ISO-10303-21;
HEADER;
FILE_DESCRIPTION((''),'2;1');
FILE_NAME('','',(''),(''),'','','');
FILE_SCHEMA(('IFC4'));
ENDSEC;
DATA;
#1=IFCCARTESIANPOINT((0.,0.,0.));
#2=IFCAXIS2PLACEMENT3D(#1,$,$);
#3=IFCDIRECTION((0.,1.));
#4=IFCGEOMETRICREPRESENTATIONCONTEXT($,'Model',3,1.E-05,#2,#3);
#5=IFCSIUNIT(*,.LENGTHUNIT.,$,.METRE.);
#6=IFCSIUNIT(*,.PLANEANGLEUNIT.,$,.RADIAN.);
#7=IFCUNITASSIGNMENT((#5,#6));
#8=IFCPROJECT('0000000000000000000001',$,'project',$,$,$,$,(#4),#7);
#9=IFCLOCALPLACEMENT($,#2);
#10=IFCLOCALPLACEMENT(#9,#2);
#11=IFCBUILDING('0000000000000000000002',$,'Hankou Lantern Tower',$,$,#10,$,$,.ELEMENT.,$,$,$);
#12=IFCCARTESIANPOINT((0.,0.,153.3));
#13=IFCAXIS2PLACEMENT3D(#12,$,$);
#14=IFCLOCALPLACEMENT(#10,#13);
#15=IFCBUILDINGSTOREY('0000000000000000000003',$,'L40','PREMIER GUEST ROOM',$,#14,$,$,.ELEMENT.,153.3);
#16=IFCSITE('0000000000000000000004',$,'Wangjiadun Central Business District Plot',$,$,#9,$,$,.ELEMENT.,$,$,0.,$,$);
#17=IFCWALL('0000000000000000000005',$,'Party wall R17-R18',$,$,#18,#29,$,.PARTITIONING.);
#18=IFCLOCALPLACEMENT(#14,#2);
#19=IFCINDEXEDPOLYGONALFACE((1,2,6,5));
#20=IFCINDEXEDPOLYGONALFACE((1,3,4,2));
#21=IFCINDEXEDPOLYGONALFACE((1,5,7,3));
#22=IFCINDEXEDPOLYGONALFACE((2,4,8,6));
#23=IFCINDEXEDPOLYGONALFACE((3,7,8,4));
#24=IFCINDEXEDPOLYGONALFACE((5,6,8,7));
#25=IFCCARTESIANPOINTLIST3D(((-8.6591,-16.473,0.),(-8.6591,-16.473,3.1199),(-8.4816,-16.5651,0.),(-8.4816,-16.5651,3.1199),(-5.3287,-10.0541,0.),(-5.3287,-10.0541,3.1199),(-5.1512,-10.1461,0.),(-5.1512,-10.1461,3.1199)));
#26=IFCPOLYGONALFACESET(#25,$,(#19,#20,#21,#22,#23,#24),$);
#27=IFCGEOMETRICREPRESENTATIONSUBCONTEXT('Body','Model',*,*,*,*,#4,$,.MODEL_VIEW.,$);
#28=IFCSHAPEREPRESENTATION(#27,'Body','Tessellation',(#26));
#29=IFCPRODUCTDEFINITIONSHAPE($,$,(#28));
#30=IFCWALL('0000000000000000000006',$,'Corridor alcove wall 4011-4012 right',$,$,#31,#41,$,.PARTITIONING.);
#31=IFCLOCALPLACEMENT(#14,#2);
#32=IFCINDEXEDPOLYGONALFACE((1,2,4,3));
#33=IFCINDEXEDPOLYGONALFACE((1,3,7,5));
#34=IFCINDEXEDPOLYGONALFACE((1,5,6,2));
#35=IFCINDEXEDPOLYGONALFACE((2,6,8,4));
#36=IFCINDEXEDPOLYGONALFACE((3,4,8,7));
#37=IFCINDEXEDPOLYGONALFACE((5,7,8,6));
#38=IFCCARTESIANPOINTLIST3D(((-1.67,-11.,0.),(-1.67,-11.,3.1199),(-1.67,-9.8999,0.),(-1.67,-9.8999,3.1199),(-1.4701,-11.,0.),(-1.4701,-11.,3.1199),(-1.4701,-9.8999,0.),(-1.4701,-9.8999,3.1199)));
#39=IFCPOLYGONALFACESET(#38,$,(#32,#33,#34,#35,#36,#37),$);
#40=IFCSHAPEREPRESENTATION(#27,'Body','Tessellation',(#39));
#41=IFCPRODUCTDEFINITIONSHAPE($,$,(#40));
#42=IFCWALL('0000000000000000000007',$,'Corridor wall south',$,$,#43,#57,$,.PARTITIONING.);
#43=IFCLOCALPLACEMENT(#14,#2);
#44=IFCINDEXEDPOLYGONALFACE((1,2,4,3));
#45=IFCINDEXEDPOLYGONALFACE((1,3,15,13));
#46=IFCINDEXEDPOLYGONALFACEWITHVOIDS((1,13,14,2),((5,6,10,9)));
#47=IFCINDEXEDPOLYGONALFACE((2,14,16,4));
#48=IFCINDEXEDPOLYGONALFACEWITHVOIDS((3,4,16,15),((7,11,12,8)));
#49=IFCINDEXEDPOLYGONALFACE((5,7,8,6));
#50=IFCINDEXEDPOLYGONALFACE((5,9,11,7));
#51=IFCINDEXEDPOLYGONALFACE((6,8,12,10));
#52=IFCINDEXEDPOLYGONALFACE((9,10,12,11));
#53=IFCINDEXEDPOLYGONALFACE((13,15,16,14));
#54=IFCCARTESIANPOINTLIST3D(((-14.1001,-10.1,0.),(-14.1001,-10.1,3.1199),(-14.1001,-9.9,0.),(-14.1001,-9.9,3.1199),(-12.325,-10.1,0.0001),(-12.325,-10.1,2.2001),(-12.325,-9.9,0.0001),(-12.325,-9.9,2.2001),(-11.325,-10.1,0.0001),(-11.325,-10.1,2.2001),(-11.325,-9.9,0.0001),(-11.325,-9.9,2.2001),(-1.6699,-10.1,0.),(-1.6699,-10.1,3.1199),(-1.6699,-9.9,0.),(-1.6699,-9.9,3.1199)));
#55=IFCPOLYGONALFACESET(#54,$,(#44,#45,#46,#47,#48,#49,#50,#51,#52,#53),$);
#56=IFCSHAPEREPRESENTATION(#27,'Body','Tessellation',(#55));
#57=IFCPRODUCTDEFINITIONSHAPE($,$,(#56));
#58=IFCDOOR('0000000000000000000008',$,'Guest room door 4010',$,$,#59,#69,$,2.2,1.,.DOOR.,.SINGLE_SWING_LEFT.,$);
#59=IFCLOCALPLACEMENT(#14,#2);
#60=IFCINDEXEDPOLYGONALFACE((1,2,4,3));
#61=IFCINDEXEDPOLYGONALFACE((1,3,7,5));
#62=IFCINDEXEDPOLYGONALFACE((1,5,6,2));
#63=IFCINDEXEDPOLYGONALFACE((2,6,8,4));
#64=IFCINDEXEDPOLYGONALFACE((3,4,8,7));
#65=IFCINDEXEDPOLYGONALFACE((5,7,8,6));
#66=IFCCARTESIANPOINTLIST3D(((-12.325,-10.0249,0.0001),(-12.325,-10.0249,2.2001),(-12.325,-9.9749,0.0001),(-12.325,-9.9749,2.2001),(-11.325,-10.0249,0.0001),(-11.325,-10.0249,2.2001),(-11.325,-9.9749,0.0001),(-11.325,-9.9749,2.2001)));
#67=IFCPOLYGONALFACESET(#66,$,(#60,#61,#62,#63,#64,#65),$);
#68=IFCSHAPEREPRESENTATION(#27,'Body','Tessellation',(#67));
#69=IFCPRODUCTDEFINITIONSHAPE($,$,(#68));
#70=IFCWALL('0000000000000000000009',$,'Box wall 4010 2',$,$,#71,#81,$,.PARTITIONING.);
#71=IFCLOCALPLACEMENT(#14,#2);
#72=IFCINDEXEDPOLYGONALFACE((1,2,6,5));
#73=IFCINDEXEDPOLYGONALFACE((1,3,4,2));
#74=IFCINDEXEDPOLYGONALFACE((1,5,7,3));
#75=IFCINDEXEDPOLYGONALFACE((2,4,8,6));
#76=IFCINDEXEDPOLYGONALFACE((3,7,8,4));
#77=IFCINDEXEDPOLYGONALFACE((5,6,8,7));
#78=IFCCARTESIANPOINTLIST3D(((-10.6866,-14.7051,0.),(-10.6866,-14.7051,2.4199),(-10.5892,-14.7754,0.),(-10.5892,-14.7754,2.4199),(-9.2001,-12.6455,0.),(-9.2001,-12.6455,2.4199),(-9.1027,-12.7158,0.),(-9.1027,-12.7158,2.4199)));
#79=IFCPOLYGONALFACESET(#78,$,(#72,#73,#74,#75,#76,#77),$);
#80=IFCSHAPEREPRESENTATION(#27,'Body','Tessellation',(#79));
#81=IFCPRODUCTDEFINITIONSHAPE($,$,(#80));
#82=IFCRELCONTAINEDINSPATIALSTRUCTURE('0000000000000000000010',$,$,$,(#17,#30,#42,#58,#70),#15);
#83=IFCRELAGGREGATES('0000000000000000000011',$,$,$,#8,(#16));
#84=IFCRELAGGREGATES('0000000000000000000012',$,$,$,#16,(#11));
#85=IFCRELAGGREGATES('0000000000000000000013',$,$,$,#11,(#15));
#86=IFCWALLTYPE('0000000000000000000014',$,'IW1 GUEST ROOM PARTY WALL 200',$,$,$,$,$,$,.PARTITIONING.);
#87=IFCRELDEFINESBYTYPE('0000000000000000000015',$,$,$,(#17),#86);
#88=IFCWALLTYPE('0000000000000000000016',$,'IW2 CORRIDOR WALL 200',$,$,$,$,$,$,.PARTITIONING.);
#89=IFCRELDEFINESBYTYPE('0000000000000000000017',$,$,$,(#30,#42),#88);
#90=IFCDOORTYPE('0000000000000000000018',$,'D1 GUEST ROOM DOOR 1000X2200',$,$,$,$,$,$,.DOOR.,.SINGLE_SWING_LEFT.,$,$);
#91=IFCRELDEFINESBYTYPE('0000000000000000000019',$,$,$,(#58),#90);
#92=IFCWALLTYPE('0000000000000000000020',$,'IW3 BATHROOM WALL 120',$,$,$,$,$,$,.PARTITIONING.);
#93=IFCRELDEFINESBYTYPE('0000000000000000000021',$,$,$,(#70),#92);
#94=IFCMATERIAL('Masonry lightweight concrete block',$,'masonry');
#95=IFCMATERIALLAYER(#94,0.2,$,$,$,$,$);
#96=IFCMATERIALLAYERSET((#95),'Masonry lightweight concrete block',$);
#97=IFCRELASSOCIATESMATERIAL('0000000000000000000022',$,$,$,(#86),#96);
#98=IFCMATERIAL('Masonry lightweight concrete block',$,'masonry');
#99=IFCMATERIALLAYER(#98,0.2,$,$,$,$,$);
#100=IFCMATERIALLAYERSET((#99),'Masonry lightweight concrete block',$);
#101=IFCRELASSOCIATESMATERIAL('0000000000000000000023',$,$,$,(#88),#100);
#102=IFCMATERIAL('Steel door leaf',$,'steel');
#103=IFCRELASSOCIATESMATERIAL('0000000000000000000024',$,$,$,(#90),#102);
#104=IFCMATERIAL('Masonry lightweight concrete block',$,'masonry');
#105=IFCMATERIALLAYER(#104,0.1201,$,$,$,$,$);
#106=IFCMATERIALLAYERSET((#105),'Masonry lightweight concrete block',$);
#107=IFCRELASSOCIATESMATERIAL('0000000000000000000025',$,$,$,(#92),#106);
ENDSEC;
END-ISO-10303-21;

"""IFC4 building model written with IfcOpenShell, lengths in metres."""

from ifc_helpers import new_model, si_unit, direction, frame, frame_2d, origin, place, context, subcontext, project, spatial, rectangle, extrude, material, layer, layer_set, type_object, element, fill, save


model = new_model("IFC4")

# Units and contexts
model_context = context("Model", 3, precision=1e-05, world=origin(), true_north=direction((0.0, 1.0)))
body_context = subcontext(model_context, "Body", "Model", "MODEL_VIEW")
ifc_project = project(units=[si_unit("LENGTHUNIT", "METRE"), si_unit("PLANEANGLEUNIT", "RADIAN")], contexts=[model_context])

# Site, building, storey
site_placement = place(None, origin())
site = spatial("IfcSite", under=ifc_project, at=site_placement, Name="Wangjiadun Central Business District Plot", CompositionType="ELEMENT", RefElevation=0.0)
building_placement = place(site_placement, origin())
building = spatial("IfcBuilding", under=site, at=building_placement, Name="Hankou Lantern Tower", CompositionType="ELEMENT")
storey_placement = place(building_placement, frame((0.0, 0.0, 153.3)))
storey = spatial("IfcBuildingStorey", under=building, at=storey_placement, Name="L40", Description="PREMIER GUEST ROOM", CompositionType="ELEMENT", Elevation=153.3)

# Walls
ifc_material_1 = material(Name="Masonry lightweight concrete block", Category="masonry")
ifc_layer_1 = layer(ifc_material_1, 0.2)
ifc_layer_set_1 = layer_set([ifc_layer_1], Name="Masonry lightweight concrete block")
wall_type_1 = type_object("IfcWallType", Name="IW1 GUEST ROOM PARTY WALL 200", PredefinedType="PARTITIONING", material=ifc_layer_set_1)
wall_1_placement = place(storey_placement, frame((-5.24, -10.1001, 0.0), z_axis=(0.0, 0.0, 1.0), x_axis=(-0.460533, -0.887643, 0.0)))
element("IfcWall", 1, at=wall_1_placement, inside=storey, type_object=wall_type_1, Name="Party wall R17-R18", PredefinedType="PARTITIONING", context=body_context, shape_type="SweptSolid", body=[
    extrude(rectangle(XDim=7.2314, YDim=0.2, at=frame_2d((3.6157, 0.0))), origin(), (0.0, 0.0, 1.0), 3.1199),
])
ifc_material_2 = material(Name="Masonry lightweight concrete block", Category="masonry")
ifc_layer_2 = layer(ifc_material_2, 0.2)
ifc_layer_set_2 = layer_set([ifc_layer_2], Name="Masonry lightweight concrete block")
wall_type_2 = type_object("IfcWallType", Name="IW2 CORRIDOR WALL 200", PredefinedType="PARTITIONING", material=ifc_layer_set_2)
wall_2_placement = place(storey_placement, frame((-1.5701, -9.8999, 0.0), z_axis=(0.0, 0.0, 1.0), x_axis=(0.0, -1.0, 0.0)))
element("IfcWall", 2, at=wall_2_placement, inside=storey, type_object=wall_type_2, Name="Corridor alcove wall 4011-4012 right", PredefinedType="PARTITIONING", context=body_context, shape_type="SweptSolid", body=[
    extrude(rectangle(XDim=1.1001, YDim=0.2, at=frame_2d((0.55, 0.0))), origin(), (0.0, 0.0, 1.0), 3.1199),
])

# Wall, opening, door
wall_3_placement = place(storey_placement, frame((-1.6699, -10.0, 0.0), z_axis=(0.0, 0.0, 1.0), x_axis=(-1.0, 0.0, 0.0)))
wall_3 = element("IfcWall", 3, at=wall_3_placement, inside=storey, type_object=wall_type_2, Name="Corridor wall south", PredefinedType="PARTITIONING", context=body_context, shape_type="SweptSolid", body=[
    extrude(rectangle(XDim=12.4302, YDim=0.2, at=frame_2d((6.2151, 0.0))), origin(), (0.0, 0.0, 1.0), 3.1199),
])
opening_placement = place(wall_3_placement, frame((9.655, 0.0, 0.0)))
opening = element("IfcOpeningElement", 4, at=opening_placement, cuts=wall_3, PredefinedType="OPENING", context=body_context, shape_type="SweptSolid", body=[
    extrude(rectangle(XDim=1.0, YDim=2.2, at=frame_2d((0.5, 1.1001))), frame((0.0, 0.1099, 0.0), z_axis=(0.0, -1.0, 0.0), x_axis=(1.0, 0.0, 0.0)), (0.0, 0.0, 1.0), 0.22),
])
ifc_material_3 = material(Name="Steel door leaf", Category="steel")
door_type = type_object("IfcDoorType", Name="D1 GUEST ROOM DOOR 1000X2200", OperationType="SINGLE_SWING_LEFT", PredefinedType="DOOR", material=ifc_material_3)
door_placement = place(opening_placement, origin())
door = element("IfcDoor", 5, at=door_placement, inside=storey, type_object=door_type, Name="Guest room door 4010", OperationType="SINGLE_SWING_LEFT", OverallHeight=2.2, OverallWidth=1.0, PredefinedType="DOOR", context=body_context, shape_type="SweptSolid", body=[
    extrude(rectangle(XDim=1.0, YDim=2.2, at=frame_2d((0.5, 1.1001))), frame((0.0, 0.0249, 0.0), z_axis=(0.0, -1.0, 0.0), x_axis=(1.0, 0.0, 0.0)), (0.0, 0.0, 1.0), 0.05),
])
fill(opening, door)

# Wall
ifc_material_4 = material(Name="Masonry lightweight concrete block", Category="masonry")
ifc_layer_3 = layer(ifc_material_4, 0.1201)
ifc_layer_set_3 = layer_set([ifc_layer_3], Name="Masonry lightweight concrete block")
wall_type_3 = type_object("IfcWallType", Name="IW3 BATHROOM WALL 120", PredefinedType="PARTITIONING", material=ifc_layer_set_3)
wall_4_placement = place(storey_placement, frame((-9.1514, -12.6807, 0.0), z_axis=(0.0, 0.0, 1.0), x_axis=(-0.585259, -0.810846, 0.0)))
element("IfcWall", 6, at=wall_4_placement, inside=storey, type_object=wall_type_3, Name="Box wall 4010 2", PredefinedType="PARTITIONING", context=body_context, shape_type="SweptSolid", body=[
    extrude(rectangle(XDim=2.54, YDim=0.1201, at=frame_2d((1.27, 0.0))), origin(), (0.0, 0.0, 1.0), 2.4199),
])

save(model, "model.ifc")
